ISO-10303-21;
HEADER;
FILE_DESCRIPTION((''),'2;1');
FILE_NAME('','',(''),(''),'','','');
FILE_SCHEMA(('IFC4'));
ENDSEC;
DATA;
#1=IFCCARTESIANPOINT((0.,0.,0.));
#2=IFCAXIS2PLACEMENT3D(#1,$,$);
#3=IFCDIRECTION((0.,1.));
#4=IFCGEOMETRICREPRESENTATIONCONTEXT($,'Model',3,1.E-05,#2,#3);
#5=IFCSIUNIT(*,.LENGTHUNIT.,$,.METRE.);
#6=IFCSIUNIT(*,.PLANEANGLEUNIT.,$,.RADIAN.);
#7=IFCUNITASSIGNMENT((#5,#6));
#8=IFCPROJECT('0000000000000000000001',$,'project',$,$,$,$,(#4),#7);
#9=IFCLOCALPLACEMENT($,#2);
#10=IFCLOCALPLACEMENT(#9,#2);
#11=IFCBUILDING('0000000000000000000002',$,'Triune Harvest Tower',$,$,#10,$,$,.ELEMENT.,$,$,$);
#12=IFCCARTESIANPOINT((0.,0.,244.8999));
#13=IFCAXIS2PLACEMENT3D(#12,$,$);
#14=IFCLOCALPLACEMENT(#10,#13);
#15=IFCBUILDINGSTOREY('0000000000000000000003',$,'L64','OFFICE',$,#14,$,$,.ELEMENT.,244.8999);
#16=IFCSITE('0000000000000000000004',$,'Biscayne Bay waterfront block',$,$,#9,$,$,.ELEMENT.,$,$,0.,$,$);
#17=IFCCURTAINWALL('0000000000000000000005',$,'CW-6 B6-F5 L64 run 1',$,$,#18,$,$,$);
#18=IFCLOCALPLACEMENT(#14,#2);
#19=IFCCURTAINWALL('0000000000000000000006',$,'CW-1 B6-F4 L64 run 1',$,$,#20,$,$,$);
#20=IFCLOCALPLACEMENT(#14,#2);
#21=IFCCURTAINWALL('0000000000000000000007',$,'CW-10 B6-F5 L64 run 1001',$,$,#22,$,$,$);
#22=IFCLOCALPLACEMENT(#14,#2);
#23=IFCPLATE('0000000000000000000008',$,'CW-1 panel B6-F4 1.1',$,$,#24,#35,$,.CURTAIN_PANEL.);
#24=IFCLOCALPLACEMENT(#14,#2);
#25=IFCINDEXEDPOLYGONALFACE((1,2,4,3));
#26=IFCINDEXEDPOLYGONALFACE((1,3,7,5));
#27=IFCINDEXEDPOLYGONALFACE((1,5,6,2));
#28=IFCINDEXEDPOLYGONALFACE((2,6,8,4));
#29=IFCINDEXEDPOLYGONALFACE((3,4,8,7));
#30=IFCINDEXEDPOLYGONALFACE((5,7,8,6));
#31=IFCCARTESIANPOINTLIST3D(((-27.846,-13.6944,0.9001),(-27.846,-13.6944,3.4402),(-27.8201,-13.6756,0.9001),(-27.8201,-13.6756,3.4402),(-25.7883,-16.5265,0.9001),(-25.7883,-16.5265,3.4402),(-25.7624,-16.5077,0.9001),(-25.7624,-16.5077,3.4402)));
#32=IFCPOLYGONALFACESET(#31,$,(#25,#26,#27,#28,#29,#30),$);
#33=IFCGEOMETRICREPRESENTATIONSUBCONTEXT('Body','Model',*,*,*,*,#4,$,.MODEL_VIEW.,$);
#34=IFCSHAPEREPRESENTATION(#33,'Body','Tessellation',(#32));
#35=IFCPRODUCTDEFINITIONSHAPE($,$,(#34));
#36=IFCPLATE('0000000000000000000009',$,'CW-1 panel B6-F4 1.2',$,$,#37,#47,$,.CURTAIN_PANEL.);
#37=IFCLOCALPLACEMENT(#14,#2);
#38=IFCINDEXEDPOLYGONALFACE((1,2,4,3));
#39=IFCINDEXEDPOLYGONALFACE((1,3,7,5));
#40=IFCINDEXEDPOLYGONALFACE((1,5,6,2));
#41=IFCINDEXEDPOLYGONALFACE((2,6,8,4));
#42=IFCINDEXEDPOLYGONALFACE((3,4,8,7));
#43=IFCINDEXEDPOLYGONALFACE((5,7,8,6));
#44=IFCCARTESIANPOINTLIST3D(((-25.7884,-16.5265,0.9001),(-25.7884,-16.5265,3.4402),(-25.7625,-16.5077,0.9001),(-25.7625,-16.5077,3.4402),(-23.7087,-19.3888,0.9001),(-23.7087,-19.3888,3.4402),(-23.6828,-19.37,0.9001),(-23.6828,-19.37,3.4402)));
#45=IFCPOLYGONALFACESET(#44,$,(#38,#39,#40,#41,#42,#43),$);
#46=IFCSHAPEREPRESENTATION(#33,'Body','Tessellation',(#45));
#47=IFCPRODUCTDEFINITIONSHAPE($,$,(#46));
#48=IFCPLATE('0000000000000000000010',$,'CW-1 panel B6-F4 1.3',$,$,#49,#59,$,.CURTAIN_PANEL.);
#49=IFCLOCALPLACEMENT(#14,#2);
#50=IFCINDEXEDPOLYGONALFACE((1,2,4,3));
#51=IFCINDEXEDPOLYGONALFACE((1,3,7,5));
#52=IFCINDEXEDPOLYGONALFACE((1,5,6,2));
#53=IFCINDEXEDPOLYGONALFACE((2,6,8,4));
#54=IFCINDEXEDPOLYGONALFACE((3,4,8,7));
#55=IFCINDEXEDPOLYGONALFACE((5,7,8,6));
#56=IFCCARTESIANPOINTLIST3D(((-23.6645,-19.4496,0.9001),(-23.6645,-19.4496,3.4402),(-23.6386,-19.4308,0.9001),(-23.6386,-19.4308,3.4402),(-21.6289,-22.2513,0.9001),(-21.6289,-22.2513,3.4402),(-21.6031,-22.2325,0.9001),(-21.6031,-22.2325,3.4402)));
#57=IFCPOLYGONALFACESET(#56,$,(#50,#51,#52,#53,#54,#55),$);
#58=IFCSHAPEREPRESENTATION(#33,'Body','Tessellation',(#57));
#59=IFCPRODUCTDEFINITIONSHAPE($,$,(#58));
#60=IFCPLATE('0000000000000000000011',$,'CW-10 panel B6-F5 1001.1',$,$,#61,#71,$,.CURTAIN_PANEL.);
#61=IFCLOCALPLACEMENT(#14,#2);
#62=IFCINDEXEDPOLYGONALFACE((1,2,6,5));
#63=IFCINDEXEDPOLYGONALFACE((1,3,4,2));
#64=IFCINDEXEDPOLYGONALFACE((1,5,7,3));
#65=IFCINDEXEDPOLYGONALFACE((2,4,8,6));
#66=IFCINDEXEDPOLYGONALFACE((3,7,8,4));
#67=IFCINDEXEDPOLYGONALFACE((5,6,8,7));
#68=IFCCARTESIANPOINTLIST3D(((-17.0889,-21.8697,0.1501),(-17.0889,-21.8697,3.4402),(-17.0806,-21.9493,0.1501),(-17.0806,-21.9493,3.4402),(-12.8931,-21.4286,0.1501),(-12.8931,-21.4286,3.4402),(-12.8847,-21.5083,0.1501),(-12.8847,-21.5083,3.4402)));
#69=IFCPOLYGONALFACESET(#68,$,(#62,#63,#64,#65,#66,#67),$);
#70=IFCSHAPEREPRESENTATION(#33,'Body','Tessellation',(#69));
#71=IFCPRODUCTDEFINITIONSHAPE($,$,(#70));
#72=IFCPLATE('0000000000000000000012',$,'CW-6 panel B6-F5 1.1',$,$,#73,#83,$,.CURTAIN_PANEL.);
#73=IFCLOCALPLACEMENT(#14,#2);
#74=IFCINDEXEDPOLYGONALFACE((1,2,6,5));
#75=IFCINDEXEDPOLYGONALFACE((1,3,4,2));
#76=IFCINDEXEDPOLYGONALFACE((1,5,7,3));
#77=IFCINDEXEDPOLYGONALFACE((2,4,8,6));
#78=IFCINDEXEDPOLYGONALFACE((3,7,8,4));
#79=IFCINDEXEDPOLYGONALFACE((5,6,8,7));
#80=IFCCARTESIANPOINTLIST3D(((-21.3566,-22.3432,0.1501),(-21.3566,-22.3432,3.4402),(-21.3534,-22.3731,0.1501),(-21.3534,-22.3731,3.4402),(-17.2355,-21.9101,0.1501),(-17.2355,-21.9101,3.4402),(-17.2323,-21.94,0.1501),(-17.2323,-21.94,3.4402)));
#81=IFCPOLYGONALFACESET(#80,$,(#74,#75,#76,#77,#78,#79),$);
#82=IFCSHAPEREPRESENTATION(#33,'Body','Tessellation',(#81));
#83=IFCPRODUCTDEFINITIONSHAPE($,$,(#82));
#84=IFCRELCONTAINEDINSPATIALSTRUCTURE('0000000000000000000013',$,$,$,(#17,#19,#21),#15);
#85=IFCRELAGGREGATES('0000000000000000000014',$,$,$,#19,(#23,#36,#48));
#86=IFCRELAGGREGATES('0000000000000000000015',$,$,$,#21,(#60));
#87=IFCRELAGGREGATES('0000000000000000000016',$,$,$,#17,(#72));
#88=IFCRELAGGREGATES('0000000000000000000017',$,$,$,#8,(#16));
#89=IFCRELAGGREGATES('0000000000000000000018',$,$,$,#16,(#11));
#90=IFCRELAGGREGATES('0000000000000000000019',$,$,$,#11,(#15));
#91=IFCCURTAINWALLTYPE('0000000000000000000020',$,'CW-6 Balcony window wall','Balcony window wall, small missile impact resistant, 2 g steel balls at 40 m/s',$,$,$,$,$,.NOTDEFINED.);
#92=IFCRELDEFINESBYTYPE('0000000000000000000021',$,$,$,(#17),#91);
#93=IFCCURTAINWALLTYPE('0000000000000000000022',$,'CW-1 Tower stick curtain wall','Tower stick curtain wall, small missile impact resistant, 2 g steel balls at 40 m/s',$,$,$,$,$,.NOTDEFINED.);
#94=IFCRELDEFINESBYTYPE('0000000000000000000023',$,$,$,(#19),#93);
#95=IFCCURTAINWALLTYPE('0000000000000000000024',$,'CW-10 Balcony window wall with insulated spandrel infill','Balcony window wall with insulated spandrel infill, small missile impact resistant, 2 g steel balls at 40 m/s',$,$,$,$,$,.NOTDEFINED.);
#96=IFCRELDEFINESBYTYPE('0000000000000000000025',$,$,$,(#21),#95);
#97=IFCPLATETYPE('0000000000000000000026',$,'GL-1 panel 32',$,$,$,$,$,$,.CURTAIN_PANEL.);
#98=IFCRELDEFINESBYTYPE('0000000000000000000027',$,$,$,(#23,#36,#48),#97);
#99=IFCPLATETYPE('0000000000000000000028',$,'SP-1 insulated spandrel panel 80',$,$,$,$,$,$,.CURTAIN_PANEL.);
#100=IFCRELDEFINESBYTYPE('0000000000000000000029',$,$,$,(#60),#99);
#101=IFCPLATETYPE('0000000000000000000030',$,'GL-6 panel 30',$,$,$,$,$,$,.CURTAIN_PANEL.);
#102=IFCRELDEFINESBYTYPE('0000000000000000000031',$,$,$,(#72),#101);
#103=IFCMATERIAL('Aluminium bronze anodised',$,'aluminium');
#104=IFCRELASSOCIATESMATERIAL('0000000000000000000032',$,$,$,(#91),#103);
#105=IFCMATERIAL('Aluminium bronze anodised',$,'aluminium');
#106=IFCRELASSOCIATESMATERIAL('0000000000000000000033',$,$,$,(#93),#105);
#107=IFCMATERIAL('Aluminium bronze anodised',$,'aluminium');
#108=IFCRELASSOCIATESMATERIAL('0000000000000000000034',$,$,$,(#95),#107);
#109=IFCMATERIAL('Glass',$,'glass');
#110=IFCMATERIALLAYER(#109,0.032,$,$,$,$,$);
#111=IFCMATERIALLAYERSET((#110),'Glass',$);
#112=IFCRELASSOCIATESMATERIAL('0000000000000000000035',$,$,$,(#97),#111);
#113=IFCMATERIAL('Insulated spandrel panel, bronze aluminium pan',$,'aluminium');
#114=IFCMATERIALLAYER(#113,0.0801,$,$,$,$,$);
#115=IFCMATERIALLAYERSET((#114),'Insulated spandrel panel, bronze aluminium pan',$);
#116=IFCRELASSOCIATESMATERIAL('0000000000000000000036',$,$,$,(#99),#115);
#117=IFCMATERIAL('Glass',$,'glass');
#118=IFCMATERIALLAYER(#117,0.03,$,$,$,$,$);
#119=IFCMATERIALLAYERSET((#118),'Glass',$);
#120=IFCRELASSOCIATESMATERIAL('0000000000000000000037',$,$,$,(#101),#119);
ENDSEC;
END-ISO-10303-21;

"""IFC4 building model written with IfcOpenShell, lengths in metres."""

from ifc_helpers import new_model, si_unit, direction, frame, origin, origin_2d, place, context, subcontext, project, spatial, rectangle, extrude, source, transform, mapped, material, layer, layer_set, type_object, element, aggregate, save


model = new_model("IFC4")

# Units and contexts
model_context = context("Model", 3, precision=1e-05, world=origin(), true_north=direction((0.0, 1.0)))
body_context = subcontext(model_context, "Body", "Model", "MODEL_VIEW")
ifc_project = project(units=[si_unit("LENGTHUNIT", "METRE"), si_unit("PLANEANGLEUNIT", "RADIAN")], contexts=[model_context])

# Site, building, storey
site_placement = place(None, origin())
site = spatial("IfcSite", under=ifc_project, at=site_placement, Name="Biscayne Bay waterfront block", CompositionType="ELEMENT", RefElevation=0.0)
building_placement = place(site_placement, origin())
building = spatial("IfcBuilding", under=site, at=building_placement, Name="Triune Harvest Tower", CompositionType="ELEMENT")
storey_placement = place(building_placement, frame((0.0, 0.0, 244.8999)))
storey = spatial("IfcBuildingStorey", under=building, at=storey_placement, Name="L64", Description="OFFICE", CompositionType="ELEMENT", Elevation=244.8999)

# Curtain wall
ifc_material_1 = material(Name="Aluminium bronze anodised", Category="aluminium")
curtain_wall_type_1 = type_object("IfcCurtainWallType", Name="CW-6 Balcony window wall", Description="Balcony window wall, small missile impact resistant, 2 g steel balls at 40 m/s", PredefinedType="NOTDEFINED", material=ifc_material_1)
curtain_wall_1_placement = place(storey_placement, origin())
curtain_wall_1 = element("IfcCurtainWall", 1, at=curtain_wall_1_placement, inside=storey, type_object=curtain_wall_type_1, Name="CW-6 B6-F5 L64 run 1")

# Curtain wall
ifc_material_2 = material(Name="Aluminium bronze anodised", Category="aluminium")
curtain_wall_type_2 = type_object("IfcCurtainWallType", Name="CW-1 Tower stick curtain wall", Description="Tower stick curtain wall, small missile impact resistant, 2 g steel balls at 40 m/s", PredefinedType="NOTDEFINED", material=ifc_material_2)
curtain_wall_2_placement = place(storey_placement, origin())
curtain_wall_2 = element("IfcCurtainWall", 2, at=curtain_wall_2_placement, inside=storey, type_object=curtain_wall_type_2, Name="CW-1 B6-F4 L64 run 1")

# Curtain wall
ifc_material_3 = material(Name="Aluminium bronze anodised", Category="aluminium")
curtain_wall_type_3 = type_object("IfcCurtainWallType", Name="CW-10 Balcony window wall with insulated spandrel infill", Description="Balcony window wall with insulated spandrel infill, small missile impact resistant, 2 g steel balls at 40 m/s", PredefinedType="NOTDEFINED", material=ifc_material_3)
curtain_wall_3_placement = place(storey_placement, origin())
curtain_wall_3 = element("IfcCurtainWall", 3, at=curtain_wall_3_placement, inside=storey, type_object=curtain_wall_type_3, Name="CW-10 B6-F5 L64 run 1001")

# Plates
ifc_material_4 = material(Name="Glass", Category="glass")
ifc_layer_1 = layer(ifc_material_4, 0.032)
ifc_layer_set_1 = layer_set([ifc_layer_1], Name="Glass")
plate_type_1 = type_object("IfcPlateType", Name="GL-1 panel 32", PredefinedType="CURTAIN_PANEL", material=ifc_layer_set_1)
shared_shape_1 = source(origin(), body_context, "Body", "SweptSolid", [
    extrude(rectangle(XDim=3.5007, YDim=0.032, at=origin_2d()), origin(), (0.0, 0.0, 1.0), 2.54),
])
plate_1_placement = place(storey_placement, frame((-26.8042, -15.1011, 0.9001), z_axis=(0.0, 0.0, 1.0), x_axis=(0.587789, -0.809014, 0.0)))
plate_1 = element("IfcPlate", 4, at=plate_1_placement, type_object=plate_type_1, Name="CW-1 panel B6-F4 1.1", PredefinedType="CURTAIN_PANEL", context=body_context, shape_type="MappedRepresentation", body=[
    mapped(shared_shape_1, transform((0.0, 0.0, 0.0), scale=1.0)),
])
shared_shape_2 = source(origin(), body_context, "Body", "SweptSolid", [
    extrude(rectangle(XDim=3.5381, YDim=0.032, at=origin_2d()), origin(), (0.0, 0.0, 1.0), 2.54),
])
plate_2_placement = place(storey_placement, frame((-24.7356, -17.9482, 0.9001), z_axis=(0.0, 0.0, 1.0), x_axis=(0.587789, -0.809014, 0.0)))
plate_2 = element("IfcPlate", 5, at=plate_2_placement, type_object=plate_type_1, Name="CW-1 panel B6-F4 1.2", PredefinedType="CURTAIN_PANEL", context=body_context, shape_type="MappedRepresentation", body=[
    mapped(shared_shape_2, transform((0.0, 0.0, 0.0), scale=1.0)),
])
shared_shape_3 = source(origin(), body_context, "Body", "SweptSolid", [
    extrude(rectangle(XDim=3.4631, YDim=0.032, at=origin_2d()), origin(), (0.0, 0.0, 1.0), 2.54),
])
plate_3_placement = place(storey_placement, frame((-22.6338, -20.8411, 0.9001), z_axis=(0.0, 0.0, 1.0), x_axis=(0.587789, -0.809014, 0.0)))
plate_3 = element("IfcPlate", 6, at=plate_3_placement, type_object=plate_type_1, Name="CW-1 panel B6-F4 1.3", PredefinedType="CURTAIN_PANEL", context=body_context, shape_type="MappedRepresentation", body=[
    mapped(shared_shape_3, transform((0.0, 0.0, 0.0), scale=1.0)),
])
aggregate(curtain_wall_2, [plate_1, plate_2, plate_3])
ifc_material_5 = material(Name="Insulated spandrel panel, bronze aluminium pan", Category="aluminium")
ifc_layer_2 = layer(ifc_material_5, 0.0801)
ifc_layer_set_2 = layer_set([ifc_layer_2], Name="Insulated spandrel panel, bronze aluminium pan")
plate_type_2 = type_object("IfcPlateType", Name="SP-1 insulated spandrel panel 80", PredefinedType="CURTAIN_PANEL", material=ifc_layer_set_2)
shared_shape_4 = source(origin(), body_context, "Body", "SweptSolid", [
    extrude(rectangle(XDim=4.219, YDim=0.0801, at=origin_2d()), origin(), (0.0, 0.0, 1.0), 3.29),
])
plate_4_placement = place(storey_placement, frame((-14.9868, -21.689, 0.1501), z_axis=(0.0, 0.0, 1.0), x_axis=(0.994521, 0.104534, 0.0)))
plate_4 = element("IfcPlate", 7, at=plate_4_placement, type_object=plate_type_2, Name="CW-10 panel B6-F5 1001.1", PredefinedType="CURTAIN_PANEL", context=body_context, shape_type="MappedRepresentation", body=[
    mapped(shared_shape_4, transform((0.0, 0.0, 0.0), scale=1.0)),
])
aggregate(curtain_wall_3, [plate_4])
ifc_material_6 = material(Name="Glass", Category="glass")
ifc_layer_3 = layer(ifc_material_6, 0.03)
ifc_layer_set_3 = layer_set([ifc_layer_3], Name="Glass")
plate_type_3 = type_object("IfcPlateType", Name="GL-6 panel 30", PredefinedType="CURTAIN_PANEL", material=ifc_layer_set_3)
shared_shape_5 = source(origin(), body_context, "Body", "SweptSolid", [
    extrude(rectangle(XDim=4.1438, YDim=0.03, at=origin_2d()), origin(), (0.0, 0.0, 1.0), 3.29),
])
plate_5_placement = place(storey_placement, frame((-19.2944, -22.1416, 0.1501), z_axis=(0.0, 0.0, 1.0), x_axis=(0.994523, 0.104518, 0.0)))
plate_5 = element("IfcPlate", 8, at=plate_5_placement, type_object=plate_type_3, Name="CW-6 panel B6-F5 1.1", PredefinedType="CURTAIN_PANEL", context=body_context, shape_type="MappedRepresentation", body=[
    mapped(shared_shape_5, transform((0.0, 0.0, 0.0), scale=1.0)),
])
aggregate(curtain_wall_1, [plate_5])

save(model, "model.ifc")
